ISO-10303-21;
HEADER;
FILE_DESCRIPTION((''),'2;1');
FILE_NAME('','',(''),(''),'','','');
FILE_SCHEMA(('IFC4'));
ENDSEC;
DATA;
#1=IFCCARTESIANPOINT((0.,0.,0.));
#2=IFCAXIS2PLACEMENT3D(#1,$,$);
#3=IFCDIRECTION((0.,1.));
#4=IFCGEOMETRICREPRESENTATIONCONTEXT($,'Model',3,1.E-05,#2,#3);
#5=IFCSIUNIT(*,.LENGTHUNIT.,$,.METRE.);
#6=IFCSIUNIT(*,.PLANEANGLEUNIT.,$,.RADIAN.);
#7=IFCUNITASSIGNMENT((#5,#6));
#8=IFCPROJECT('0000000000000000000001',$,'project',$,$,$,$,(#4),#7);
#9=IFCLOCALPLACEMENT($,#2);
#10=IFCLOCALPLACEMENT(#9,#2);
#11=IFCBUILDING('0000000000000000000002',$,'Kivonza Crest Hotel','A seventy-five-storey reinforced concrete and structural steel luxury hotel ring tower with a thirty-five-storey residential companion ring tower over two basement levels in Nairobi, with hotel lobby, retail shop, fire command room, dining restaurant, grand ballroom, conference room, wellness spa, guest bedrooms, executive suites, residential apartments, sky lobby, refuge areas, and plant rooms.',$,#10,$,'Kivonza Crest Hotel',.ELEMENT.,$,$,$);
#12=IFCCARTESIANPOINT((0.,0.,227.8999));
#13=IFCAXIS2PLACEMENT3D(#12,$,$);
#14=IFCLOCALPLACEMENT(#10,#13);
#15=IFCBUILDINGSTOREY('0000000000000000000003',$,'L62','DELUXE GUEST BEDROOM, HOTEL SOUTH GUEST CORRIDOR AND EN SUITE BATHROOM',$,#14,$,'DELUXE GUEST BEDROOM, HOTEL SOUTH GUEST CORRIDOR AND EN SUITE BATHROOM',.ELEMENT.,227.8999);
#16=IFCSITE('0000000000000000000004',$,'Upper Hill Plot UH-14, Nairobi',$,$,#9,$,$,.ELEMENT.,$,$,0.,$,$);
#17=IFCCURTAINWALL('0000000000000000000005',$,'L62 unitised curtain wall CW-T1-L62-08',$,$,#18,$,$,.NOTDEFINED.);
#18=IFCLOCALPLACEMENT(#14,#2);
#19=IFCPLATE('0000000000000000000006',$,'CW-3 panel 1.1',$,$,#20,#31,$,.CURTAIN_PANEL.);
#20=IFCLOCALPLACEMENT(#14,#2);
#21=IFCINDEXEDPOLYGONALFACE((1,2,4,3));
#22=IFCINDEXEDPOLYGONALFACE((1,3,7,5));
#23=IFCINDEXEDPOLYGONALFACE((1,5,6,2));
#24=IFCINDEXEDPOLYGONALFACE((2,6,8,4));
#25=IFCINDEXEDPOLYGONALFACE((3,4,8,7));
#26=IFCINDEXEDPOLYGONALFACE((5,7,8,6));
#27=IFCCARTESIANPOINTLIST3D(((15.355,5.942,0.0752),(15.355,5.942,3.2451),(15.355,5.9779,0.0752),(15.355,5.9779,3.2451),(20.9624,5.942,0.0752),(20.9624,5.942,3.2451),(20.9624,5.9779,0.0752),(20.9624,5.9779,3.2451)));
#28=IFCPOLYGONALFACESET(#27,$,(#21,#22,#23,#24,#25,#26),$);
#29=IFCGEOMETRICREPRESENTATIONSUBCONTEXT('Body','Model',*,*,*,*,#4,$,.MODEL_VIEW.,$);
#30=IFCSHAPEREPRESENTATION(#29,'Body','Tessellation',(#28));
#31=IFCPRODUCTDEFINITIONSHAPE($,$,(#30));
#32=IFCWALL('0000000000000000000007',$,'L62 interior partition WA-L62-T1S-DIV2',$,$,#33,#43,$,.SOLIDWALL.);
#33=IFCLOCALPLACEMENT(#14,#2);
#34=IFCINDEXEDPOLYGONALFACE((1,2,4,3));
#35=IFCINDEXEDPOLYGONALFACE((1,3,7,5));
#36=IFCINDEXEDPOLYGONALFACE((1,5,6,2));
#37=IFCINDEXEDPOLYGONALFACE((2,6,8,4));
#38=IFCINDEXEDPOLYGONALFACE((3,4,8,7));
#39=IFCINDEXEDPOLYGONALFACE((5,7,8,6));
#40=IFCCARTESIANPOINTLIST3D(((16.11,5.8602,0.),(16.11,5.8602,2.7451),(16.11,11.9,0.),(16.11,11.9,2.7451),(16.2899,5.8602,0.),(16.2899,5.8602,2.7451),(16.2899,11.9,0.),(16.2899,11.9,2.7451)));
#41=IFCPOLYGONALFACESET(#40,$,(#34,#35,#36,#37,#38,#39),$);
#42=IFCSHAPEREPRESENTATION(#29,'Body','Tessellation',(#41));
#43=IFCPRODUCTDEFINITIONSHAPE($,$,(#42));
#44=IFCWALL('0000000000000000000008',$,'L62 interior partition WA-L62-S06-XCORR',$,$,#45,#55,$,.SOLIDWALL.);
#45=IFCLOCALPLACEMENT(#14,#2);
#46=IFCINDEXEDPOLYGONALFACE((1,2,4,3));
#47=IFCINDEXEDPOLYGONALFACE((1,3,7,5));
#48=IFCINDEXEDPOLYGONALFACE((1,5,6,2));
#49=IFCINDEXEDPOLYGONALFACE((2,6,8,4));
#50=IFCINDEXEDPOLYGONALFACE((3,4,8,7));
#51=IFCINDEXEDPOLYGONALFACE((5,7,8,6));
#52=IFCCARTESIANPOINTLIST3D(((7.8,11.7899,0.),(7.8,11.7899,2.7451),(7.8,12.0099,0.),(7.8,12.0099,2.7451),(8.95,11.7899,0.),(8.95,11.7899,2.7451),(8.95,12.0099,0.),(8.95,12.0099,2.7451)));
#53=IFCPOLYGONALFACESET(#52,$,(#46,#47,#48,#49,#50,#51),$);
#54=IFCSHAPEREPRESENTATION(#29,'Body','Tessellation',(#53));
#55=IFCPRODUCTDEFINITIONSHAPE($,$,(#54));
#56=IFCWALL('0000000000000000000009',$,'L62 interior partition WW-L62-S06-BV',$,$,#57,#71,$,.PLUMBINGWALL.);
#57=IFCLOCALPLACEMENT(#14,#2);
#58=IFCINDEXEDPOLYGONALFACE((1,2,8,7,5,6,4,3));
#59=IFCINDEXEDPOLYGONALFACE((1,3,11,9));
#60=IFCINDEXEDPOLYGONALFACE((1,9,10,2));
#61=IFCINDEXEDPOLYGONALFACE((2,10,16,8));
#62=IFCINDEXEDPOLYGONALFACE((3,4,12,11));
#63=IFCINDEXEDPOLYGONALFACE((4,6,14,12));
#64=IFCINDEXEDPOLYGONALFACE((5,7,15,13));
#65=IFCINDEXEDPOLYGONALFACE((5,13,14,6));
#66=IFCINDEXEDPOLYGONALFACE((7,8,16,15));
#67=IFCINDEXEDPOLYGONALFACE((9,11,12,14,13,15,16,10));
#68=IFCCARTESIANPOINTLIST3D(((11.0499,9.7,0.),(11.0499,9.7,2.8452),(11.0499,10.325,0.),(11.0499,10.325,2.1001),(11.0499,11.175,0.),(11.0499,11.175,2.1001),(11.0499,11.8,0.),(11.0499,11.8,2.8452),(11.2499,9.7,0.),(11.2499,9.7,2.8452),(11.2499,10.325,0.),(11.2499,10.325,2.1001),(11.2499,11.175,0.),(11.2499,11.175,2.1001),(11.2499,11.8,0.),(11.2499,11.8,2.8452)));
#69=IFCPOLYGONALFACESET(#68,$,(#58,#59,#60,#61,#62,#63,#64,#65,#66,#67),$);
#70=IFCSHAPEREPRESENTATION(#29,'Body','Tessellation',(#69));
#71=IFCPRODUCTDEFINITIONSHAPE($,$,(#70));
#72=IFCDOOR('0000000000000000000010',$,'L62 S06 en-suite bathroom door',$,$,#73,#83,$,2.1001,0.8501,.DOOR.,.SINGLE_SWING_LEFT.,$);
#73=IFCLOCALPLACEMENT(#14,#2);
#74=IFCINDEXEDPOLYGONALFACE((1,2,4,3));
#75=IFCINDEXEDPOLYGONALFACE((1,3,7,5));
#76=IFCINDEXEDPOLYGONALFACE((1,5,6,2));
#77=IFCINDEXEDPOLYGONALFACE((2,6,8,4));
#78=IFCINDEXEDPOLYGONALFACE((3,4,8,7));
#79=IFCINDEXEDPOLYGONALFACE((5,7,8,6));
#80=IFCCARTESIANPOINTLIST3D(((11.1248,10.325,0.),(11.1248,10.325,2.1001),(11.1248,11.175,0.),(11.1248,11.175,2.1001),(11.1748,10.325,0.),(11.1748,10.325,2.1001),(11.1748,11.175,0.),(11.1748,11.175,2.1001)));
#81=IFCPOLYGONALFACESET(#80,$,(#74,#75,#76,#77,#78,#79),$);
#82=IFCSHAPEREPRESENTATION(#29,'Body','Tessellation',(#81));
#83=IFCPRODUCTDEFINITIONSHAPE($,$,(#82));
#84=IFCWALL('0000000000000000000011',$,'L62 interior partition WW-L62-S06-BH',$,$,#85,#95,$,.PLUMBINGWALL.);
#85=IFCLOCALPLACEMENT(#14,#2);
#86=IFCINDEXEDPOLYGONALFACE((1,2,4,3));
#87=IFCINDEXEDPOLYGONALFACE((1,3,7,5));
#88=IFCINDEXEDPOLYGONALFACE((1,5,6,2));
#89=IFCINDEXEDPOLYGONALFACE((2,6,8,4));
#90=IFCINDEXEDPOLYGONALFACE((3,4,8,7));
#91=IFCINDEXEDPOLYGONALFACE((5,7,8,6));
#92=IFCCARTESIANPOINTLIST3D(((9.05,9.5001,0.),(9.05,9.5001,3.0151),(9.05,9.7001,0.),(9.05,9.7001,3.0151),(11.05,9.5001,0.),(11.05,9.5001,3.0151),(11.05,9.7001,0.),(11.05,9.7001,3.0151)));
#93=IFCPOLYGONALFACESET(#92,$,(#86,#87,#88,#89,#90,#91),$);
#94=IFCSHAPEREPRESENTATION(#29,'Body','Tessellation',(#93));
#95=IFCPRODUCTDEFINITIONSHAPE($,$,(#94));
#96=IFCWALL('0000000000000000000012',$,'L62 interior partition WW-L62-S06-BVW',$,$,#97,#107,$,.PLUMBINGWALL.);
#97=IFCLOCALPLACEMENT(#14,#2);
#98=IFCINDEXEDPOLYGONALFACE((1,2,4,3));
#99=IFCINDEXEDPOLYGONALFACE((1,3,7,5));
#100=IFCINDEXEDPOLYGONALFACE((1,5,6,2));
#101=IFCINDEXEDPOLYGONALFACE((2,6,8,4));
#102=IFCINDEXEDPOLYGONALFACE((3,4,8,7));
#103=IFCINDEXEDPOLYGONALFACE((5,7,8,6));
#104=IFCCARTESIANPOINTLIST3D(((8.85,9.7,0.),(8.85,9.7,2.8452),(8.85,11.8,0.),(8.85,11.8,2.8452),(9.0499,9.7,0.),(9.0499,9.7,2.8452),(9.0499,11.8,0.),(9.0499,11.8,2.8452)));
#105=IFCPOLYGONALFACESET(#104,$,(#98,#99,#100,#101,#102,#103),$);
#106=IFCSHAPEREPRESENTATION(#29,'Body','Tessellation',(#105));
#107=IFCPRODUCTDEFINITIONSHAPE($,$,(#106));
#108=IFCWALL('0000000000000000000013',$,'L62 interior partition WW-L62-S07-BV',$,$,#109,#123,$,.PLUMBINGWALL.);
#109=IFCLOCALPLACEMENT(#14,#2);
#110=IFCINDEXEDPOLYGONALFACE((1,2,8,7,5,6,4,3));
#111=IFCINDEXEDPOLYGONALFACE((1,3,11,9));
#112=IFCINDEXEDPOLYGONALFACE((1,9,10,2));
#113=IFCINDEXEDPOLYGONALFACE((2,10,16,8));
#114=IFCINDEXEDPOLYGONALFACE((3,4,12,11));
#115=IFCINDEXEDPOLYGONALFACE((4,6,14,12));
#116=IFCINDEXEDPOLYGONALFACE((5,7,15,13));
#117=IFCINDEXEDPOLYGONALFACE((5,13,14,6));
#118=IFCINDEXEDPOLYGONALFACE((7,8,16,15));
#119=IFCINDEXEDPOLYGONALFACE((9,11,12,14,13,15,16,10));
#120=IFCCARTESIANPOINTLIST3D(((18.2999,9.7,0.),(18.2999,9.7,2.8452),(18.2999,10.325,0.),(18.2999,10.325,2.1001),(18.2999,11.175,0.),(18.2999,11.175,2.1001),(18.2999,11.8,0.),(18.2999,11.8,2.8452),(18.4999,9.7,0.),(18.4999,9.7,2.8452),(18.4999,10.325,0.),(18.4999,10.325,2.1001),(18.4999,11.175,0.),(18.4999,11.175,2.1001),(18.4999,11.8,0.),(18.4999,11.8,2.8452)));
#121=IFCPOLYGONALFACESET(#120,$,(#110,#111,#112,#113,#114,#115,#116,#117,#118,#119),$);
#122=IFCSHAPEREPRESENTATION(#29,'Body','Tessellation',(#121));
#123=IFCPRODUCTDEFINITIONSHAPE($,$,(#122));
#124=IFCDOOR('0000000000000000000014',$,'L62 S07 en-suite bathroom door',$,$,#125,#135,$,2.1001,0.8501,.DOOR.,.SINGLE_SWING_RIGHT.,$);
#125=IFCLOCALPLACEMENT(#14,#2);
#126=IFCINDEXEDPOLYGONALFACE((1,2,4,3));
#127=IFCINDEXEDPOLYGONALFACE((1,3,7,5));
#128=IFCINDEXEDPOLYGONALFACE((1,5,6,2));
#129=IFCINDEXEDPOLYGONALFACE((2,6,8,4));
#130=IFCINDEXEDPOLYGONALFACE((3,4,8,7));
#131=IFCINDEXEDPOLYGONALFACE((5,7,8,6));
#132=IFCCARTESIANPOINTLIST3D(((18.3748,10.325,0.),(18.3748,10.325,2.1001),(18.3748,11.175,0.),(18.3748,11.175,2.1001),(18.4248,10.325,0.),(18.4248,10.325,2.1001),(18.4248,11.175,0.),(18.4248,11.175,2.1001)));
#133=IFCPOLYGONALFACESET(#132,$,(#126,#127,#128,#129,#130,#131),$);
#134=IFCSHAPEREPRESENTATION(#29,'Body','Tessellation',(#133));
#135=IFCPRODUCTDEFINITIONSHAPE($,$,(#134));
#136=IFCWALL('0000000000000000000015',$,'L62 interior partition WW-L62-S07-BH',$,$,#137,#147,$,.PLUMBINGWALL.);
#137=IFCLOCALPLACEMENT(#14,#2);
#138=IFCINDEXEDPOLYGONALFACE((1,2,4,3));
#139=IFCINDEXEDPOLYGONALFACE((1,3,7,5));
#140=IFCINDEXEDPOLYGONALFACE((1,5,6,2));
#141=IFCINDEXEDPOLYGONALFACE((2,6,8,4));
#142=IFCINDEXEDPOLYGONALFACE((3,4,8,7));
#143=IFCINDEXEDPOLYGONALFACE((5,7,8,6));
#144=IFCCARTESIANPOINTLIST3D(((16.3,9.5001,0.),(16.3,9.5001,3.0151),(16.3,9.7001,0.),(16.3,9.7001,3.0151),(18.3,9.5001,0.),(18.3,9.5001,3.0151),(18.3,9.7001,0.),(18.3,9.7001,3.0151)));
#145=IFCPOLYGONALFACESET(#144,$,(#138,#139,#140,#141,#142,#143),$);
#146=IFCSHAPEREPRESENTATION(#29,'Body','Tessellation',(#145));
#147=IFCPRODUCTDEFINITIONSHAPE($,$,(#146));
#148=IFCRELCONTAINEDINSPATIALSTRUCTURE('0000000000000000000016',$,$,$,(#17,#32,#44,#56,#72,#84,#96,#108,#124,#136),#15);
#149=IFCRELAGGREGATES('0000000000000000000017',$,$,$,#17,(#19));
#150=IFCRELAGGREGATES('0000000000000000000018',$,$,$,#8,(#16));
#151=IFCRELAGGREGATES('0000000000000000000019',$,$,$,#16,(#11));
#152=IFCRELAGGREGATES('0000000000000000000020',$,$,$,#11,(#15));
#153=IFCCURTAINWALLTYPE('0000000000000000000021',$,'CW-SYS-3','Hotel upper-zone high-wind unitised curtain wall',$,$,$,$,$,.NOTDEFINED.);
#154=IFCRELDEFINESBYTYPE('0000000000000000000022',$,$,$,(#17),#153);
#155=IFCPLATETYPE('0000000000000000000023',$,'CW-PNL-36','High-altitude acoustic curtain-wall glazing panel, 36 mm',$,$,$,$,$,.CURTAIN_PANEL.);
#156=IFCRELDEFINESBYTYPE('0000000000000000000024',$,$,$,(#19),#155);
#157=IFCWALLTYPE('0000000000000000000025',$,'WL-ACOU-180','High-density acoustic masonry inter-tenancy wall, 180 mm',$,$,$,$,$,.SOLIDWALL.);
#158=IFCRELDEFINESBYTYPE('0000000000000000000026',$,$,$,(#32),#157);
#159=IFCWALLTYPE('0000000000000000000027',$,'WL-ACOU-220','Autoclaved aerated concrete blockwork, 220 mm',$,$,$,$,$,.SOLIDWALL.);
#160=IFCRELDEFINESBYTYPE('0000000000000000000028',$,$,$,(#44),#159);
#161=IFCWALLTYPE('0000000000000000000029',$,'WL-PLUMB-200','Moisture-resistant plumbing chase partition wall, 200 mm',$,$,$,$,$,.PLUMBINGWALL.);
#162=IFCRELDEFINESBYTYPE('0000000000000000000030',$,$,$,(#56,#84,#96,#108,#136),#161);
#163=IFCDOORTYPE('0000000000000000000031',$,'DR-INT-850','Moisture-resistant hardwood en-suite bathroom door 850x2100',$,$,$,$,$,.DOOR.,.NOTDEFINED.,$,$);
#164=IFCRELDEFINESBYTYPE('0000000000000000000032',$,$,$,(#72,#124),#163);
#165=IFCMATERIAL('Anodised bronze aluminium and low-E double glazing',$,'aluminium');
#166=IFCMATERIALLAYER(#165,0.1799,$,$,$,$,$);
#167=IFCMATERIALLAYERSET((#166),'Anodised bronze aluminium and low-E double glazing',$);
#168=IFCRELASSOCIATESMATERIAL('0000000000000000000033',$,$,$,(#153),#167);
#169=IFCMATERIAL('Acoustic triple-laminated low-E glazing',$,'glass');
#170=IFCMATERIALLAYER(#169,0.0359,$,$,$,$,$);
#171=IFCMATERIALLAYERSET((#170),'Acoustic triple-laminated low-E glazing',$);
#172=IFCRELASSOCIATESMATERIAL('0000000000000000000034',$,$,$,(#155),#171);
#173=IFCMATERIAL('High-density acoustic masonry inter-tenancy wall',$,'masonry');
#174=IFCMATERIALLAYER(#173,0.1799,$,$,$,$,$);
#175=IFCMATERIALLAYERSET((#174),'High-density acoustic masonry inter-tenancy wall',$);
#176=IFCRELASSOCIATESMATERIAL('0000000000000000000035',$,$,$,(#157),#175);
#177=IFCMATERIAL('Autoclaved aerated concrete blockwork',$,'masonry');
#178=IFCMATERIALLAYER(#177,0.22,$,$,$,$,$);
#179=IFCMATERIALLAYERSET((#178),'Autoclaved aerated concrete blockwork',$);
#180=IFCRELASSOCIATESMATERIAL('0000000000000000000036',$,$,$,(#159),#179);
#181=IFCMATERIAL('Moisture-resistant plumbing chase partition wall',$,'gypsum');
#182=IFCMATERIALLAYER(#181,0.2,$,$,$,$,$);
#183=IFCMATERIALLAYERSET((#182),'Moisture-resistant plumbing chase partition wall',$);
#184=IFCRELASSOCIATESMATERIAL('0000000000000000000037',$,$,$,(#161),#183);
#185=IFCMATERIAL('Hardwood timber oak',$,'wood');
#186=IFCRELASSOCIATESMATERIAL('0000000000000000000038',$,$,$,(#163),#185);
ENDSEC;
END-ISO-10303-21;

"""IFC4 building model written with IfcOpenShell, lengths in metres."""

from ifc_helpers import new_model, si_unit, direction, frame, frame_2d, origin, origin_2d, place, context, subcontext, project, spatial, rectangle, extrude, material, layer, layer_set, type_object, element, fill, aggregate, save


model = new_model("IFC4")

# Units and contexts
model_context = context("Model", 3, precision=1e-05, world=origin(), true_north=direction((0.0, 1.0)))
body_context = subcontext(model_context, "Body", "Model", "MODEL_VIEW")
ifc_project = project(units=[si_unit("LENGTHUNIT", "METRE"), si_unit("PLANEANGLEUNIT", "RADIAN")], contexts=[model_context])

# Site, building, storey
site_placement = place(None, origin())
site = spatial("IfcSite", under=ifc_project, at=site_placement, Name="Upper Hill Plot UH-14, Nairobi", CompositionType="ELEMENT", RefElevation=0.0)
building_placement = place(site_placement, origin())
building = spatial("IfcBuilding", under=site, at=building_placement, Name="Kivonza Crest Hotel", Description="A seventy-five-storey reinforced concrete and structural steel luxury hotel ring tower with a thirty-five-storey residential companion ring tower over two basement levels in Nairobi, with hotel lobby, retail shop, fire command room, dining restaurant, grand ballroom, conference room, wellness spa, guest bedrooms, executive suites, residential apartments, sky lobby, refuge areas, and plant rooms.", LongName="Kivonza Crest Hotel", CompositionType="ELEMENT")
storey_placement = place(building_placement, frame((0.0, 0.0, 227.8999)))
storey = spatial("IfcBuildingStorey", under=building, at=storey_placement, Name="L62", Description="DELUXE GUEST BEDROOM, HOTEL SOUTH GUEST CORRIDOR AND EN SUITE BATHROOM", LongName="DELUXE GUEST BEDROOM, HOTEL SOUTH GUEST CORRIDOR AND EN SUITE BATHROOM", CompositionType="ELEMENT", Elevation=227.8999)

# Curtain wall, plate
ifc_material_1 = material(Name="Anodised bronze aluminium and low-E double glazing", Category="aluminium")
ifc_layer_1 = layer(ifc_material_1, 0.1799)
ifc_layer_set_1 = layer_set([ifc_layer_1], Name="Anodised bronze aluminium and low-E double glazing")
curtain_wall_type = type_object("IfcCurtainWallType", Name="CW-SYS-3", Description="Hotel upper-zone high-wind unitised curtain wall", PredefinedType="NOTDEFINED", material=ifc_layer_set_1)
curtain_wall_placement = place(storey_placement, origin())
curtain_wall = element("IfcCurtainWall", 1, at=curtain_wall_placement, inside=storey, type_object=curtain_wall_type, Name="L62 unitised curtain wall CW-T1-L62-08", PredefinedType="NOTDEFINED")
ifc_material_2 = material(Name="Acoustic triple-laminated low-E glazing", Category="glass")
ifc_layer_2 = layer(ifc_material_2, 0.0359)
ifc_layer_set_2 = layer_set([ifc_layer_2], Name="Acoustic triple-laminated low-E glazing")
plate_type = type_object("IfcPlateType", Name="CW-PNL-36", Description="High-altitude acoustic curtain-wall glazing panel, 36 mm", PredefinedType="CURTAIN_PANEL", material=ifc_layer_set_2)
plate_placement = place(storey_placement, frame((18.1587, 5.96, 0.0752), z_axis=(0.0, 0.0, 1.0), x_axis=(1.0, 0.0, 0.0)))
plate = element("IfcPlate", 2, at=plate_placement, type_object=plate_type, Name="CW-3 panel 1.1", PredefinedType="CURTAIN_PANEL", context=body_context, shape_type="SweptSolid", body=[
    extrude(rectangle(XDim=5.6074, YDim=0.0359, at=origin_2d()), origin(), (0.0, 0.0, 1.0), 3.1699),
])
aggregate(curtain_wall, [plate])

# Walls
ifc_material_3 = material(Name="High-density acoustic masonry inter-tenancy wall", Category="masonry")
ifc_layer_3 = layer(ifc_material_3, 0.1799)
ifc_layer_set_3 = layer_set([ifc_layer_3], Name="High-density acoustic masonry inter-tenancy wall")
wall_type_1 = type_object("IfcWallType", Name="WL-ACOU-180", Description="High-density acoustic masonry inter-tenancy wall, 180 mm", PredefinedType="SOLIDWALL", material=ifc_layer_set_3)
wall_1_placement = place(storey_placement, frame((16.2, 5.8601, 0.0), z_axis=(0.0, 0.0, 1.0), x_axis=(0.0, 1.0, 0.0)))
element("IfcWall", 3, at=wall_1_placement, inside=storey, type_object=wall_type_1, Name="L62 interior partition WA-L62-T1S-DIV2", PredefinedType="SOLIDWALL", context=body_context, shape_type="SweptSolid", body=[
    extrude(rectangle(XDim=6.0398, YDim=0.1799, at=frame_2d((3.02, 0.0))), origin(), (0.0, 0.0, 1.0), 2.7451),
])
ifc_material_4 = material(Name="Autoclaved aerated concrete blockwork", Category="masonry")
ifc_layer_4 = layer(ifc_material_4, 0.22)
ifc_layer_set_4 = layer_set([ifc_layer_4], Name="Autoclaved aerated concrete blockwork")
wall_type_2 = type_object("IfcWallType", Name="WL-ACOU-220", Description="Autoclaved aerated concrete blockwork, 220 mm", PredefinedType="SOLIDWALL", material=ifc_layer_set_4)
wall_2_placement = place(storey_placement, frame((7.8, 11.8999, 0.0), z_axis=(0.0, 0.0, 1.0), x_axis=(1.0, 0.0, 0.0)))
element("IfcWall", 4, at=wall_2_placement, inside=storey, type_object=wall_type_2, Name="L62 interior partition WA-L62-S06-XCORR", PredefinedType="SOLIDWALL", context=body_context, shape_type="SweptSolid", body=[
    extrude(rectangle(XDim=1.1499, YDim=0.22, at=frame_2d((0.575, 0.0))), origin(), (0.0, 0.0, 1.0), 2.7451),
])

# Wall, opening, door
ifc_material_5 = material(Name="Moisture-resistant plumbing chase partition wall", Category="gypsum")
ifc_layer_5 = layer(ifc_material_5, 0.2)
ifc_layer_set_5 = layer_set([ifc_layer_5], Name="Moisture-resistant plumbing chase partition wall")
wall_type_3 = type_object("IfcWallType", Name="WL-PLUMB-200", Description="Moisture-resistant plumbing chase partition wall, 200 mm", PredefinedType="PLUMBINGWALL", material=ifc_layer_set_5)
wall_3_placement = place(storey_placement, frame((11.1499, 9.7, 0.0), z_axis=(0.0, 0.0, 1.0), x_axis=(0.0, 1.0, 0.0)))
wall_3 = element("IfcWall", 5, at=wall_3_placement, inside=storey, type_object=wall_type_3, Name="L62 interior partition WW-L62-S06-BV", PredefinedType="PLUMBINGWALL", context=body_context, shape_type="SweptSolid", body=[
    extrude(rectangle(XDim=2.1001, YDim=0.2, at=frame_2d((1.05, 0.0))), origin(), (0.0, 0.0, 1.0), 2.8452),
])
opening_1_placement = place(wall_3_placement, frame((0.625, 0.0, 0.0)))
opening_1 = element("IfcOpeningElement", 6, at=opening_1_placement, cuts=wall_3, PredefinedType="OPENING", context=body_context, shape_type="SweptSolid", body=[
    extrude(rectangle(XDim=0.8501, YDim=2.1001, at=frame_2d((0.425, 1.05))), frame((0.0, 0.1099, 0.0), z_axis=(0.0, -1.0, 0.0), x_axis=(1.0, 0.0, 0.0)), (0.0, 0.0, 1.0), 0.22),
])
ifc_material_6 = material(Name="Hardwood timber oak", Category="wood")
door_type = type_object("IfcDoorType", Name="DR-INT-850", Description="Moisture-resistant hardwood en-suite bathroom door 850x2100", OperationType="NOTDEFINED", PredefinedType="DOOR", material=ifc_material_6)
door_1_placement = place(opening_1_placement, frame((0.8501, 0.0, 0.0), z_axis=(0.0, 0.0, 1.0), x_axis=(-1.0, 0.0, 0.0)))
door_1 = element("IfcDoor", 7, at=door_1_placement, inside=storey, type_object=door_type, Name="L62 S06 en-suite bathroom door", OperationType="SINGLE_SWING_LEFT", OverallHeight=2.1001, OverallWidth=0.8501, PredefinedType="DOOR", context=body_context, shape_type="SweptSolid", body=[
    extrude(rectangle(XDim=0.8501, YDim=2.1001, at=frame_2d((0.425, 1.05))), frame((0.0, 0.0249, 0.0), z_axis=(0.0, -1.0, 0.0), x_axis=(1.0, 0.0, 0.0)), (0.0, 0.0, 1.0), 0.05),
])
fill(opening_1, door_1)

# Walls
wall_4_placement = place(storey_placement, frame((9.05, 9.6001, 0.0), z_axis=(0.0, 0.0, 1.0), x_axis=(1.0, 0.0, 0.0)))
element("IfcWall", 8, at=wall_4_placement, inside=storey, type_object=wall_type_3, Name="L62 interior partition WW-L62-S06-BH", PredefinedType="PLUMBINGWALL", context=body_context, shape_type="SweptSolid", body=[
    extrude(rectangle(XDim=2.0, YDim=0.2, at=frame_2d((1.0, 0.0))), origin(), (0.0, 0.0, 1.0), 3.0151),
])
wall_5_placement = place(storey_placement, frame((8.95, 9.7, 0.0), z_axis=(0.0, 0.0, 1.0), x_axis=(0.0, 1.0, 0.0)))
element("IfcWall", 9, at=wall_5_placement, inside=storey, type_object=wall_type_3, Name="L62 interior partition WW-L62-S06-BVW", PredefinedType="PLUMBINGWALL", context=body_context, shape_type="SweptSolid", body=[
    extrude(rectangle(XDim=2.1001, YDim=0.2, at=frame_2d((1.05, 0.0))), origin(), (0.0, 0.0, 1.0), 2.8452),
])

# Wall, opening, door
wall_6_placement = place(storey_placement, frame((18.3999, 9.7, 0.0), z_axis=(0.0, 0.0, 1.0), x_axis=(0.0, 1.0, 0.0)))
wall_6 = element("IfcWall", 10, at=wall_6_placement, inside=storey, type_object=wall_type_3, Name="L62 interior partition WW-L62-S07-BV", PredefinedType="PLUMBINGWALL", context=body_context, shape_type="SweptSolid", body=[
    extrude(rectangle(XDim=2.1001, YDim=0.2, at=frame_2d((1.05, 0.0))), origin(), (0.0, 0.0, 1.0), 2.8452),
])
opening_2_placement = place(wall_6_placement, frame((0.625, 0.0, 0.0)))
opening_2 = element("IfcOpeningElement", 11, at=opening_2_placement, cuts=wall_6, PredefinedType="OPENING", context=body_context, shape_type="SweptSolid", body=[
    extrude(rectangle(XDim=0.8501, YDim=2.1001, at=frame_2d((0.425, 1.05))), frame((0.0, 0.1099, 0.0), z_axis=(0.0, -1.0, 0.0), x_axis=(1.0, 0.0, 0.0)), (0.0, 0.0, 1.0), 0.22),
])
door_2_placement = place(opening_2_placement, frame((0.8501, 0.0, 0.0), z_axis=(0.0, 0.0, 1.0), x_axis=(-1.0, 0.0, 0.0)))
door_2 = element("IfcDoor", 12, at=door_2_placement, inside=storey, type_object=door_type, Name="L62 S07 en-suite bathroom door", OperationType="SINGLE_SWING_RIGHT", OverallHeight=2.1001, OverallWidth=0.8501, PredefinedType="DOOR", context=body_context, shape_type="SweptSolid", body=[
    extrude(rectangle(XDim=0.8501, YDim=2.1001, at=frame_2d((0.425, 1.05))), frame((0.0, 0.0249, 0.0), z_axis=(0.0, -1.0, 0.0), x_axis=(1.0, 0.0, 0.0)), (0.0, 0.0, 1.0), 0.05),
])
fill(opening_2, door_2)

# Wall
wall_7_placement = place(storey_placement, frame((16.3, 9.6001, 0.0), z_axis=(0.0, 0.0, 1.0), x_axis=(1.0, 0.0, 0.0)))
element("IfcWall", 13, at=wall_7_placement, inside=storey, type_object=wall_type_3, Name="L62 interior partition WW-L62-S07-BH", PredefinedType="PLUMBINGWALL", context=body_context, shape_type="SweptSolid", body=[
    extrude(rectangle(XDim=2.0, YDim=0.2, at=frame_2d((1.0, 0.0))), origin(), (0.0, 0.0, 1.0), 3.0151),
])

save(model, "model.ifc")
